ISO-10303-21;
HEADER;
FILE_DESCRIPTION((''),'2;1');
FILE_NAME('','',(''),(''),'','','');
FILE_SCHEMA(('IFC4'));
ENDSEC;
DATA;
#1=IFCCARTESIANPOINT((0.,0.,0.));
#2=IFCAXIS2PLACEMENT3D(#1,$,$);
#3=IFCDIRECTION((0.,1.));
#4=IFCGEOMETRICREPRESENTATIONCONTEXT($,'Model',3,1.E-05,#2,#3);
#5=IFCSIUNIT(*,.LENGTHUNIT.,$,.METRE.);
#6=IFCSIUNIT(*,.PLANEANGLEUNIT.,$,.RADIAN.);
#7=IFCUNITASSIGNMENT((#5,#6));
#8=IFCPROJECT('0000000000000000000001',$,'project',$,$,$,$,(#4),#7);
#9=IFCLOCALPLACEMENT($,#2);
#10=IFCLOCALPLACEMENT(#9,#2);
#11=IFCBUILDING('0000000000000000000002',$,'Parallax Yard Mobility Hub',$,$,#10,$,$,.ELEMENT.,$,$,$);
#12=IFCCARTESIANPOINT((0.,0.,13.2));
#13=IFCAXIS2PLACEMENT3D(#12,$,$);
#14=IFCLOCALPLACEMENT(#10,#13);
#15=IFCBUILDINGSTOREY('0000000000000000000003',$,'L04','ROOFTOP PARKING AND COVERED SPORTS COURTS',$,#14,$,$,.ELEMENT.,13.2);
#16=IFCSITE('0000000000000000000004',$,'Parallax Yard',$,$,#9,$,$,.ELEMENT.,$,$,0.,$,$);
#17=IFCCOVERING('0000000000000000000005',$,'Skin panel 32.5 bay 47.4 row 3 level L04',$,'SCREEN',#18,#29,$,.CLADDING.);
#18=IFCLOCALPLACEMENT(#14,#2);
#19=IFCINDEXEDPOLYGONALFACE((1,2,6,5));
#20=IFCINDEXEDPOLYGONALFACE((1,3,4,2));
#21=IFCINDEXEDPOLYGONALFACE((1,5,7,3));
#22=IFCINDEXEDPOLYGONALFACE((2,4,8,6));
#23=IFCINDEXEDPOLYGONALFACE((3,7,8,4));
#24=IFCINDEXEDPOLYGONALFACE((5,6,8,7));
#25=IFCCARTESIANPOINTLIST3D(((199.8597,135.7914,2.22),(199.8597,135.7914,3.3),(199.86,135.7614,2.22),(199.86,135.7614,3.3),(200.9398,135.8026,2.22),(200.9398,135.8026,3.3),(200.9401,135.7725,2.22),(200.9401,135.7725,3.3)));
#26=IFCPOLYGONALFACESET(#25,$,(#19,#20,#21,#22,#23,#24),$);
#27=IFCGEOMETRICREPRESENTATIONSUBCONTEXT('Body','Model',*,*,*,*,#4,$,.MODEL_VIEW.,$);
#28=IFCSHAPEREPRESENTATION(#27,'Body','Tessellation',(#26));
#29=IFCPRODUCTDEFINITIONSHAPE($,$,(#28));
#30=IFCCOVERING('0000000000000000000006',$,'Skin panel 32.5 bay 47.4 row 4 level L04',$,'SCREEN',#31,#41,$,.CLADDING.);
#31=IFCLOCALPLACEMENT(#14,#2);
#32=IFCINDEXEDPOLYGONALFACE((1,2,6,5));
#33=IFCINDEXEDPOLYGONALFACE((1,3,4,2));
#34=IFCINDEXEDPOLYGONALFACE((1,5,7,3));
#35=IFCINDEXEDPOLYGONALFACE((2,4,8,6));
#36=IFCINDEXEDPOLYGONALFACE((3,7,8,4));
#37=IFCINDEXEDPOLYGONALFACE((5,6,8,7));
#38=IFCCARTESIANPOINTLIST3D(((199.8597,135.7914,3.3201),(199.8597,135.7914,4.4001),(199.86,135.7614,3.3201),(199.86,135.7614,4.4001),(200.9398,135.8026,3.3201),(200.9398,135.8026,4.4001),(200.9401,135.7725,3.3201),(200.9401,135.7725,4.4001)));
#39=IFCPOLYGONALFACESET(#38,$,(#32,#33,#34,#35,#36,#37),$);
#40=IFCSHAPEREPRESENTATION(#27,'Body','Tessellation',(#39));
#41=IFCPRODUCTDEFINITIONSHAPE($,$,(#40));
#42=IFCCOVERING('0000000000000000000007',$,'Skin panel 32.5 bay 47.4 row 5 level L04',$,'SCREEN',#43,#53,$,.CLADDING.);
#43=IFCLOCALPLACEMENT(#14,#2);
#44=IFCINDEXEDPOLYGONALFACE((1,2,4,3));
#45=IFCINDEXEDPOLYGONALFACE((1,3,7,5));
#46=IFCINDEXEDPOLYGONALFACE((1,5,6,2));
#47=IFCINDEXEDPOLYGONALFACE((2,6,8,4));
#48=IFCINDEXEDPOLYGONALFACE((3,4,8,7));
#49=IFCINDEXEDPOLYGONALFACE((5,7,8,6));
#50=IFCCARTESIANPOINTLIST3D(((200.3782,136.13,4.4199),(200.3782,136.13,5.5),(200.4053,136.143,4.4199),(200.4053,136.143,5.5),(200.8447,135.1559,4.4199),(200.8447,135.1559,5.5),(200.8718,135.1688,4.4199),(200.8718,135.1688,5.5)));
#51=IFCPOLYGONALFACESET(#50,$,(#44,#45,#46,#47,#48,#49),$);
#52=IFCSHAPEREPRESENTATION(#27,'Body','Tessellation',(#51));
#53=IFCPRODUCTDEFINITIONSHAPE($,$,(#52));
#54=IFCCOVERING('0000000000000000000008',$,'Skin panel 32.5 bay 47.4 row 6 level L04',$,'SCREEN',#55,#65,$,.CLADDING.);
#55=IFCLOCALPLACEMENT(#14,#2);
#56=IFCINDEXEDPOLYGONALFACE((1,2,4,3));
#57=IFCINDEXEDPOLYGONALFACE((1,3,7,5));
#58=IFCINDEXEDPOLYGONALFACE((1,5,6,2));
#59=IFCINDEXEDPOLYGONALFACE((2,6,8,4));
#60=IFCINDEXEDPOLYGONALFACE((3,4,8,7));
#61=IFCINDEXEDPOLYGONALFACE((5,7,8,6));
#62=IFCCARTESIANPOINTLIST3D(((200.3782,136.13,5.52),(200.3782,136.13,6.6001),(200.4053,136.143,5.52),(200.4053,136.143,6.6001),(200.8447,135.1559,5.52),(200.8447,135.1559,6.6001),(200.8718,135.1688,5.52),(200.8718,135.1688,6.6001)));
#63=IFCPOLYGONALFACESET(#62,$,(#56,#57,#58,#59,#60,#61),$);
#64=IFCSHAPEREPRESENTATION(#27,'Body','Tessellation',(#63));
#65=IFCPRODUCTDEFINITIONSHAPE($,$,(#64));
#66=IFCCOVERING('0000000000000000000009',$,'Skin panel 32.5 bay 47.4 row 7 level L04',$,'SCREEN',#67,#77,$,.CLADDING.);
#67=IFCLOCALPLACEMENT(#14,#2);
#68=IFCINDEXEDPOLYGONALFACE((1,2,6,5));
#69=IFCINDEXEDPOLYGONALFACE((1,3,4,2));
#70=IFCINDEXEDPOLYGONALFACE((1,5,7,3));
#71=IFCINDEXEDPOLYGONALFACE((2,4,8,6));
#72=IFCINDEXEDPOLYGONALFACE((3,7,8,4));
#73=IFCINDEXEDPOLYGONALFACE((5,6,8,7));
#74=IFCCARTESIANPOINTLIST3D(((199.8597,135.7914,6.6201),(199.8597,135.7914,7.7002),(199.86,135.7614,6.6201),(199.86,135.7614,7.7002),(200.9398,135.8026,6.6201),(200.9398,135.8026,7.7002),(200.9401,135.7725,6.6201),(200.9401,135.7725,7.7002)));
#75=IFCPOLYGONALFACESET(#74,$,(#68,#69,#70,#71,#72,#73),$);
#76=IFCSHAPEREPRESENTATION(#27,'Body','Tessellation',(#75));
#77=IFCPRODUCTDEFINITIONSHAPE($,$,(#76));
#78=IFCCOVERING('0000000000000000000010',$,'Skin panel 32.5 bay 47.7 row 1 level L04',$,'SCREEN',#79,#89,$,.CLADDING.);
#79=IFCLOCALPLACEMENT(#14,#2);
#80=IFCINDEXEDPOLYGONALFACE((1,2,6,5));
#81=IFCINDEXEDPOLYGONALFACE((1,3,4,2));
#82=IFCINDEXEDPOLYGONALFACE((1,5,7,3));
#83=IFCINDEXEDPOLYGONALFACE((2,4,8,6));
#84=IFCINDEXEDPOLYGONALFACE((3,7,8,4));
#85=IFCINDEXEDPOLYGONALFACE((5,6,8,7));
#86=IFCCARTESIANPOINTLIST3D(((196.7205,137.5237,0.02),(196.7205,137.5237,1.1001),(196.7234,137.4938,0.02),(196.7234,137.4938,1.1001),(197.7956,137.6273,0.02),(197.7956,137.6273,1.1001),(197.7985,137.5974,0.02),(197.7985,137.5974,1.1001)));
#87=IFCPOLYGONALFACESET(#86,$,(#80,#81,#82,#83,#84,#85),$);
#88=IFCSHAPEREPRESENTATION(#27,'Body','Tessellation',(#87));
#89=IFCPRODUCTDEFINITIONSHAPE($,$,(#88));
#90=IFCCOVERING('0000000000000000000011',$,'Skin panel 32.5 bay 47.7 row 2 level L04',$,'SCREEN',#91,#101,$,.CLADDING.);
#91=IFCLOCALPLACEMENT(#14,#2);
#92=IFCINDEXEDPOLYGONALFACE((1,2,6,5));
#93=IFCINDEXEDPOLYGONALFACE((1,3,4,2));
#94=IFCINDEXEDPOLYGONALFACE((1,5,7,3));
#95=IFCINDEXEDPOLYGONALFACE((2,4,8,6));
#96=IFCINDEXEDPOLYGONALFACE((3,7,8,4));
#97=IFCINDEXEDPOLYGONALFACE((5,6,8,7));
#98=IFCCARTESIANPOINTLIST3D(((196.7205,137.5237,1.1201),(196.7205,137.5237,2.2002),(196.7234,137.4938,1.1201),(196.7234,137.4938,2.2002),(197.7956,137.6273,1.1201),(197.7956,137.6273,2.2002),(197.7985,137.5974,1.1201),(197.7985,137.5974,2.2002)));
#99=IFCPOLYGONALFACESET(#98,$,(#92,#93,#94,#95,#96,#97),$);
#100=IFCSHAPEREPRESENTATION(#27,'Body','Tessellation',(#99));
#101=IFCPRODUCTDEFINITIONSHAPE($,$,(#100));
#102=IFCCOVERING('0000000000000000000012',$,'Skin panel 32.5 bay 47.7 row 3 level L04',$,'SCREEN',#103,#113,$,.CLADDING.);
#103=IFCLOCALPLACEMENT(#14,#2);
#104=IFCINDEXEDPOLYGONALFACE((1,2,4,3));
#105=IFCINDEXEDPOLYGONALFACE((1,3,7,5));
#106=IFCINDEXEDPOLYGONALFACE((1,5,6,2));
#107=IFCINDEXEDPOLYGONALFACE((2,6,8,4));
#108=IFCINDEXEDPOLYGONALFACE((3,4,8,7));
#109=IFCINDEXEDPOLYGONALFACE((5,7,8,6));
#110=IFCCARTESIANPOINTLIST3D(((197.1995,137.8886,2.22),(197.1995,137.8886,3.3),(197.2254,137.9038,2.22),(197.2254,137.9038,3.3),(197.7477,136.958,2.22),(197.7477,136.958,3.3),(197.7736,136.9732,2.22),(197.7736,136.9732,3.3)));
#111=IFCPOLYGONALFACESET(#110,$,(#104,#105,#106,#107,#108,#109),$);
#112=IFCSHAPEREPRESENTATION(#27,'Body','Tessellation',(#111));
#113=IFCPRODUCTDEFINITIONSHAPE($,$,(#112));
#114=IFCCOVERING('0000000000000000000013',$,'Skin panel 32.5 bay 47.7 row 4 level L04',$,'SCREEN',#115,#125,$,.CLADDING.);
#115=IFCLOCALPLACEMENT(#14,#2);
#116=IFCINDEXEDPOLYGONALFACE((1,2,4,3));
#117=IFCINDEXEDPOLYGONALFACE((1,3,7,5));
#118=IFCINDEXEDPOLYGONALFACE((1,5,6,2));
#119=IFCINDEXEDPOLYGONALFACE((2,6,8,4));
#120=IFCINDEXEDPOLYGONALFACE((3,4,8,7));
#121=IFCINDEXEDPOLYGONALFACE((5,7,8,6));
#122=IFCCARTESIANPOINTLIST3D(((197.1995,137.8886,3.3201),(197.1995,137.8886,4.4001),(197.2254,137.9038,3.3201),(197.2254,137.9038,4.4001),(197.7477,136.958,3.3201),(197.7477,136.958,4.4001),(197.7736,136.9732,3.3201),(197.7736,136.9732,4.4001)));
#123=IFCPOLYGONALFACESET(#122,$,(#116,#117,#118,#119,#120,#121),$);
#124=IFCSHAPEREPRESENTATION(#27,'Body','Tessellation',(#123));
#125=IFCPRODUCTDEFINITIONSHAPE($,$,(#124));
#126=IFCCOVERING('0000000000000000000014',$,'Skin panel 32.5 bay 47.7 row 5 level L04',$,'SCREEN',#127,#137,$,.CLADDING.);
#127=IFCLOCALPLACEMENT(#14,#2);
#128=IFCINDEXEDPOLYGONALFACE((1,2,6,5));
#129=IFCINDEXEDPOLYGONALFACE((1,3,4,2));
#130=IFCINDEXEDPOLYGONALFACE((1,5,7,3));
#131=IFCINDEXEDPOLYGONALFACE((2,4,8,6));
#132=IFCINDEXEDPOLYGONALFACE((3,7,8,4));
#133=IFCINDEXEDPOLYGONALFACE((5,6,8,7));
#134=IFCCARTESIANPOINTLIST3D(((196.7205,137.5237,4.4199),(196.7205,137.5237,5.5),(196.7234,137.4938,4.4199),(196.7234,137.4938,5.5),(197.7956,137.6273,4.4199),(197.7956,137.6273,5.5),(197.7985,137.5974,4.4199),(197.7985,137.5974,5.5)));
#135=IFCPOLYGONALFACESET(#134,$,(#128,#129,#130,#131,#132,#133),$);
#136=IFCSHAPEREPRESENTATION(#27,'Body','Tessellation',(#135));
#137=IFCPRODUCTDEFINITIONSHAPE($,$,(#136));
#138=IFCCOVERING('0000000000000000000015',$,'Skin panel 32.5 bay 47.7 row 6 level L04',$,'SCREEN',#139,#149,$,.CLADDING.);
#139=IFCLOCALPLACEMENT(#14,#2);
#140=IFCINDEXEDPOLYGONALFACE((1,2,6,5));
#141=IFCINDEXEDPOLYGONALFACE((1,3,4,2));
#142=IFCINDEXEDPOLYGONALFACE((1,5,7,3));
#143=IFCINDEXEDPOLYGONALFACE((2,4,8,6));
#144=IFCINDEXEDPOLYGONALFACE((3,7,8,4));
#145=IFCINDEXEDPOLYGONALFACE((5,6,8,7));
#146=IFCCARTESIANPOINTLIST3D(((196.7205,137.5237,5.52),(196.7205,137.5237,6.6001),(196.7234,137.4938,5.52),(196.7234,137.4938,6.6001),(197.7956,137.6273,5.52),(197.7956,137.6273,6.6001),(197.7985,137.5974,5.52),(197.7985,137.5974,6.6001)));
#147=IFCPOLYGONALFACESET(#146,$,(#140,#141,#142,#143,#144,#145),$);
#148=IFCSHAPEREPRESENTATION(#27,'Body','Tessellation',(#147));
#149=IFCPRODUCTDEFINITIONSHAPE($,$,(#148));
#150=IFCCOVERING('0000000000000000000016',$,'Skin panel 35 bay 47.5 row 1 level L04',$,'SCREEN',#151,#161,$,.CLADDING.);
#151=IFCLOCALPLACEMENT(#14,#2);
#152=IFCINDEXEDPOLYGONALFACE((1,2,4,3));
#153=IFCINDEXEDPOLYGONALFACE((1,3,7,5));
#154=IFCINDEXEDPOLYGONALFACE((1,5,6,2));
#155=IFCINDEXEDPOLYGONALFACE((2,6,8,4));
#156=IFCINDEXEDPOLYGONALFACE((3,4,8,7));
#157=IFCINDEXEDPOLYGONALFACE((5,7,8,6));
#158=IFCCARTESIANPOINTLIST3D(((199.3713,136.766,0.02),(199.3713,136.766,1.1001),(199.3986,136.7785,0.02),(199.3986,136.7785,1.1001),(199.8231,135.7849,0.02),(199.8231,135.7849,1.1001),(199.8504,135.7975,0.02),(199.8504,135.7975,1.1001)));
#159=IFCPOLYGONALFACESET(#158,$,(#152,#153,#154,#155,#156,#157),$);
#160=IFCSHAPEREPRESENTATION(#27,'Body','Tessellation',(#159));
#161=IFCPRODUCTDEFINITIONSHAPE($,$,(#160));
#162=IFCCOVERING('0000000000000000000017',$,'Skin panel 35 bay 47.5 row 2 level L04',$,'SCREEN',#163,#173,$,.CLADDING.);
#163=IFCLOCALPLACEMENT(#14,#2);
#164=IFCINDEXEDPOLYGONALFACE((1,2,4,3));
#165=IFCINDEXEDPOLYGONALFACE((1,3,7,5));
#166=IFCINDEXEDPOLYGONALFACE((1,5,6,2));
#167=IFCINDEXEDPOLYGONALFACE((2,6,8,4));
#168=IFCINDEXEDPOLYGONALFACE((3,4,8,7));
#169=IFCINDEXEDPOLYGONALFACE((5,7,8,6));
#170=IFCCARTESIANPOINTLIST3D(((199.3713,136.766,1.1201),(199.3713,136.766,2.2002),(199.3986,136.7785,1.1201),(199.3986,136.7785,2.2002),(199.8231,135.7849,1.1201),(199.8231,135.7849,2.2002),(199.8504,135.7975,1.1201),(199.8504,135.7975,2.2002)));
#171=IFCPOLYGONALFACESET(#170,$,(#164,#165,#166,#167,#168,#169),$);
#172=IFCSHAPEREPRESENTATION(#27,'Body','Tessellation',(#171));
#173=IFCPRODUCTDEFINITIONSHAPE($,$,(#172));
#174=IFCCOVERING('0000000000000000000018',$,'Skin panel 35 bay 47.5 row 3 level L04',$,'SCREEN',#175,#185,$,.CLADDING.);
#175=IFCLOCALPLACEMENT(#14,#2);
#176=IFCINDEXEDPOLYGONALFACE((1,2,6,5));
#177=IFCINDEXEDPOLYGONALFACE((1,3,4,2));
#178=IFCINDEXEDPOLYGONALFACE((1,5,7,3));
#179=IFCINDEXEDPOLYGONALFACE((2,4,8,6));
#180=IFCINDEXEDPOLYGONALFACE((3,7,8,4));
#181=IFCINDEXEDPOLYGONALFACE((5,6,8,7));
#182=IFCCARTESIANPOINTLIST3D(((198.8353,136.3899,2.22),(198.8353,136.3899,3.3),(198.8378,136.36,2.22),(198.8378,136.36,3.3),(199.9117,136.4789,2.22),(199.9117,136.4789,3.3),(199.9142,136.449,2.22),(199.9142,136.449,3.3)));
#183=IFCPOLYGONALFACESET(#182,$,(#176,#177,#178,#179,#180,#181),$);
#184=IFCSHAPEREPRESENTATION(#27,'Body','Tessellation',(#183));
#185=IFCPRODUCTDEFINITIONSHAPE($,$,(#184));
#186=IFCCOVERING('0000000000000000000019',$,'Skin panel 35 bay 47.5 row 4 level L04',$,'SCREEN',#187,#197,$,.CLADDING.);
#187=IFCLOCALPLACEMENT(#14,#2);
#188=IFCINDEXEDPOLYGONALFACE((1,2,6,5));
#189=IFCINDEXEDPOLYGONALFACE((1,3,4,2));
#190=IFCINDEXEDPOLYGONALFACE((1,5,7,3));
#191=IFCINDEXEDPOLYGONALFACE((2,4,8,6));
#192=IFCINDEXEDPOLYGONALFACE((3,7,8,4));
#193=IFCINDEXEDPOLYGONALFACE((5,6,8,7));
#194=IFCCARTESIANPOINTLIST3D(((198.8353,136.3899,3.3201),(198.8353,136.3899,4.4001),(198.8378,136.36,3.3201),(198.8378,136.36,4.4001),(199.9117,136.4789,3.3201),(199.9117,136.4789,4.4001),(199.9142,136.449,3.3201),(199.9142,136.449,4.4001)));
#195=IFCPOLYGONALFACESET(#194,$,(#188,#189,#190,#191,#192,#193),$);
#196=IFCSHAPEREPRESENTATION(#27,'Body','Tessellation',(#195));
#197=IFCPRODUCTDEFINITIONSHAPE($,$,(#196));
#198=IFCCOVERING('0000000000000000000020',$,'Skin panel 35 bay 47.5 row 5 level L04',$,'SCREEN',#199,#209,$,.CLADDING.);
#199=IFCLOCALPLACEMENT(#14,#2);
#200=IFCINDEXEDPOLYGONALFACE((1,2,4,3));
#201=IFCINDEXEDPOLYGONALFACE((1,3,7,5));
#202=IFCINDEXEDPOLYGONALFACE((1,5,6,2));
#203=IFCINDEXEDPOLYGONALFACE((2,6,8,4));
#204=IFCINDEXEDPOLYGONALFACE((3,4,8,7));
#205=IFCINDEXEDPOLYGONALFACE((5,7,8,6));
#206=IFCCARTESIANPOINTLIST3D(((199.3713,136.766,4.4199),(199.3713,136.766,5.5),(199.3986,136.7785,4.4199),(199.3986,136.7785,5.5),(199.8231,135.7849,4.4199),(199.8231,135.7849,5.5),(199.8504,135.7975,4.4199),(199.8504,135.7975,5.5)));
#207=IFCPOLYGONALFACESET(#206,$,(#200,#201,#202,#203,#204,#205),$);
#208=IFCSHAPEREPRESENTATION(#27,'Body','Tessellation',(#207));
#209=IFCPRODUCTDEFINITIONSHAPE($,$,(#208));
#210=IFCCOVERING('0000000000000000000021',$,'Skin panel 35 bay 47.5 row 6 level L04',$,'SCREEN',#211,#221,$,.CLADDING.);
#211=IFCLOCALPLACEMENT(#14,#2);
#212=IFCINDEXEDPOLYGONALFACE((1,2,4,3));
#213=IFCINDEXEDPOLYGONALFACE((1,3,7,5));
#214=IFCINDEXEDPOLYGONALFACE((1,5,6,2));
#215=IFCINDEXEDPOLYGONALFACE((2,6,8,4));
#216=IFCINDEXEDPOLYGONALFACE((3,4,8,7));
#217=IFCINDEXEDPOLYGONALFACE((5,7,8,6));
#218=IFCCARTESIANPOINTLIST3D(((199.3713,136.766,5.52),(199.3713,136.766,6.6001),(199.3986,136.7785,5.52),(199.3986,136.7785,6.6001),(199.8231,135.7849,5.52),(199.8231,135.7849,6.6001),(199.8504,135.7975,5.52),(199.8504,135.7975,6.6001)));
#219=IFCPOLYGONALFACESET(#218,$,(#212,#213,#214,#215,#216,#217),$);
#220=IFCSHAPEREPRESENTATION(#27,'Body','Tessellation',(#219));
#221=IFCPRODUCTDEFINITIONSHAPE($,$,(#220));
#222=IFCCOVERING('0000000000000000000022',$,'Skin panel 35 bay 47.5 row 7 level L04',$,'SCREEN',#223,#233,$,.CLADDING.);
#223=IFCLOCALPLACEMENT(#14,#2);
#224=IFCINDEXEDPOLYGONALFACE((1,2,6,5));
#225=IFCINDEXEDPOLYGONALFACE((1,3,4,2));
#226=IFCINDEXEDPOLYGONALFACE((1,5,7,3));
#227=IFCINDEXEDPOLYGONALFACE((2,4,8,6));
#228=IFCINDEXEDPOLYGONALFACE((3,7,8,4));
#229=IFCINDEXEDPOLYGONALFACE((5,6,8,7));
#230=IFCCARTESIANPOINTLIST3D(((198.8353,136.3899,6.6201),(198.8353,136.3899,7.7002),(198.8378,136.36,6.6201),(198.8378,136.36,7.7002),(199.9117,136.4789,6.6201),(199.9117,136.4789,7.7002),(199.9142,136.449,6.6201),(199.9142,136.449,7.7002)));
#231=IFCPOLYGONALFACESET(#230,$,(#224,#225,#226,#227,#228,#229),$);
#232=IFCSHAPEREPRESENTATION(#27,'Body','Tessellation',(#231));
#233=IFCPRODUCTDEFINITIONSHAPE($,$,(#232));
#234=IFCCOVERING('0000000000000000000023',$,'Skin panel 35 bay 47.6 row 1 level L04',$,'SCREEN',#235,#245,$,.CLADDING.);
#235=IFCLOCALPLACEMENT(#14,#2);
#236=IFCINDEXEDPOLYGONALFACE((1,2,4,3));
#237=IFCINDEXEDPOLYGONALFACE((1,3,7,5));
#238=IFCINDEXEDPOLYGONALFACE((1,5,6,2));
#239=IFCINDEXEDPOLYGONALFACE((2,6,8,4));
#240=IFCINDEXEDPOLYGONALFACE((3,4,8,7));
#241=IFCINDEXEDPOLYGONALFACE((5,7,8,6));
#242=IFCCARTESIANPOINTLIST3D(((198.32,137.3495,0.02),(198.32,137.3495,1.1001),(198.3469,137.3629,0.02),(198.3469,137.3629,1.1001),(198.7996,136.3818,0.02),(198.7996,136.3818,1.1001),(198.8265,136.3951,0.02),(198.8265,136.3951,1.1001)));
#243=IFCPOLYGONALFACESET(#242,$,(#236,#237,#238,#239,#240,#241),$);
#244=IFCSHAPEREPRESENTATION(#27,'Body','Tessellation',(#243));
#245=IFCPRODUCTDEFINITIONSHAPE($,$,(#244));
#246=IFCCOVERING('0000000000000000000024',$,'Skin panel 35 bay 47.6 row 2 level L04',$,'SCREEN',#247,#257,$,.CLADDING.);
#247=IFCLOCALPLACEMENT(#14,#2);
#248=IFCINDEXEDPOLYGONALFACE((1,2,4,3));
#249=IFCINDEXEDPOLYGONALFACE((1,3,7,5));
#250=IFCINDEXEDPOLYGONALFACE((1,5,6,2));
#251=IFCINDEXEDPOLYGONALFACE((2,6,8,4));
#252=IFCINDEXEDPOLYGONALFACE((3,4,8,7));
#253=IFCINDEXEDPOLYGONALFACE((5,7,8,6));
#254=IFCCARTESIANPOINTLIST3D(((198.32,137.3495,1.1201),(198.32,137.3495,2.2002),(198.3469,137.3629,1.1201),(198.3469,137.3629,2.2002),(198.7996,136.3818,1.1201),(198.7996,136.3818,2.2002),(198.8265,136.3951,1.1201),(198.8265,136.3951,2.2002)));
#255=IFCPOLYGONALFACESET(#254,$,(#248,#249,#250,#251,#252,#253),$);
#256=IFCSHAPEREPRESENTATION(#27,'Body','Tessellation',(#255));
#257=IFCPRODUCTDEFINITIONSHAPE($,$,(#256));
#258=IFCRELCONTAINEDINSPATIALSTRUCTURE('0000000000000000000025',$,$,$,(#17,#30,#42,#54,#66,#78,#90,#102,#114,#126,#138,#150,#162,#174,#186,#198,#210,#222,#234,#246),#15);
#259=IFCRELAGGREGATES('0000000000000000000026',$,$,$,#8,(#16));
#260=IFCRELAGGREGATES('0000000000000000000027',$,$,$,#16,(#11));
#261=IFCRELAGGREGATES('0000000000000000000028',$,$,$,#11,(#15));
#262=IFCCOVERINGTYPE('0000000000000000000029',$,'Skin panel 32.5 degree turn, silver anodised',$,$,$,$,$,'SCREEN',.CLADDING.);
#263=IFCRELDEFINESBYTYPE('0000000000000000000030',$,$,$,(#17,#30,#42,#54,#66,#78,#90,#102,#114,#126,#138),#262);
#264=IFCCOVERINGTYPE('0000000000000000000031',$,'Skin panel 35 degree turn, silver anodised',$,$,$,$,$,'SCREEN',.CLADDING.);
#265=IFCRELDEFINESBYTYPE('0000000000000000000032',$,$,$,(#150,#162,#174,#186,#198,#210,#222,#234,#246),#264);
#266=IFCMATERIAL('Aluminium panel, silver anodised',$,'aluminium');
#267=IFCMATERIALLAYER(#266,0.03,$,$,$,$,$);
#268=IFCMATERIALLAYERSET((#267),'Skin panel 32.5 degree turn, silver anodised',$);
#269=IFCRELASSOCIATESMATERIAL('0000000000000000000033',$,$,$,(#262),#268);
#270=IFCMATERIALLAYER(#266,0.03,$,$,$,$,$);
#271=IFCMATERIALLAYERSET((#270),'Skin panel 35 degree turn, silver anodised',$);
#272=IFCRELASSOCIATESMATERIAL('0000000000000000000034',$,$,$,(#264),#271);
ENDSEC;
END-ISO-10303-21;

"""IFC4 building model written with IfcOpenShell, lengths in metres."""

from ifc_helpers import new_model, si_unit, direction, frame, origin, origin_2d, place, context, subcontext, project, spatial, rectangle, extrude, material, layer, layer_set, type_object, element, save


model = new_model("IFC4")

# Units and contexts
model_context = context("Model", 3, precision=1e-05, world=origin(), true_north=direction((0.0, 1.0)))
body_context = subcontext(model_context, "Body", "Model", "MODEL_VIEW")
ifc_project = project(units=[si_unit("LENGTHUNIT", "METRE"), si_unit("PLANEANGLEUNIT", "RADIAN")], contexts=[model_context])

# Site, building, storey
site_placement = place(None, origin())
site = spatial("IfcSite", under=ifc_project, at=site_placement, Name="Parallax Yard", CompositionType="ELEMENT", RefElevation=0.0)
building_placement = place(site_placement, origin())
building = spatial("IfcBuilding", under=site, at=building_placement, Name="Parallax Yard Mobility Hub", CompositionType="ELEMENT")
storey_placement = place(building_placement, frame((0.0, 0.0, 13.2)))
storey = spatial("IfcBuildingStorey", under=building, at=storey_placement, Name="L04", Description="ROOFTOP PARKING AND COVERED SPORTS COURTS", CompositionType="ELEMENT", Elevation=13.2)

# Coverings
ifc_material_1 = material(Name="Aluminium panel, silver anodised", Category="aluminium")
ifc_layer_1 = layer(ifc_material_1, 0.03)
ifc_layer_set_1 = layer_set([ifc_layer_1], Name="Skin panel 32.5 degree turn, silver anodised")
covering_type_1 = type_object("IfcCoveringType", Name="Skin panel 32.5 degree turn, silver anodised", ElementType="SCREEN", PredefinedType="CLADDING", material=ifc_layer_set_1)
for number, where, z_axis, x_axis, name in (
    (1, (200.3999, 135.782, 2.22), (0.0, 0.0, 1.0), (0.999947, 0.010313, 0.0), "Skin panel 32.5 bay 47.4 row 3 level L04"),
    (2, (200.3999, 135.782, 3.3201), (0.0, 0.0, 1.0), (0.999947, 0.010313, 0.0), "Skin panel 32.5 bay 47.4 row 4 level L04"),
    (3, (200.625, 135.6494, 4.4199), (0.0, 0.0, 1.0), (-0.431943, 0.901901, 0.0), "Skin panel 32.5 bay 47.4 row 5 level L04"),
    (4, (200.625, 135.6494, 5.52), (0.0, 0.0, 1.0), (-0.431943, 0.901901, 0.0), "Skin panel 32.5 bay 47.4 row 6 level L04"),
    (5, (200.3999, 135.782, 6.6201), (0.0, 0.0, 1.0), (0.999947, 0.010313, 0.0), "Skin panel 32.5 bay 47.4 row 7 level L04"),
    (6, (197.2595, 137.5605, 0.02), (0.0, 0.0, 1.0), (0.995396, 0.095846, 0.0), "Skin panel 32.5 bay 47.7 row 1 level L04"),
    (7, (197.2595, 137.5605, 1.1201), (0.0, 0.0, 1.0), (0.995396, 0.095846, 0.0), "Skin panel 32.5 bay 47.7 row 2 level L04"),
    (8, (197.4866, 137.4309, 2.22), (0.0, 0.0, 1.0), (-0.507538, 0.861629, 0.0), "Skin panel 32.5 bay 47.7 row 3 level L04"),
    (9, (197.4866, 137.4309, 3.3201), (0.0, 0.0, 1.0), (-0.507538, 0.861629, 0.0), "Skin panel 32.5 bay 47.7 row 4 level L04"),
    (10, (197.2595, 137.5605, 4.4199), (0.0, 0.0, 1.0), (0.995396, 0.095846, 0.0), "Skin panel 32.5 bay 47.7 row 5 level L04"),
    (11, (197.2595, 137.5605, 5.52), (0.0, 0.0, 1.0), (0.995396, 0.095846, 0.0), "Skin panel 32.5 bay 47.7 row 6 level L04"),
):
    element("IfcCovering", number, at=place(storey_placement, frame(where, z_axis=z_axis, x_axis=x_axis)), inside=storey, type_object=covering_type_1, Name=name, ObjectType="SCREEN", PredefinedType="CLADDING", context=body_context, shape_type="SweptSolid", body=[
        extrude(rectangle(XDim=1.0801, YDim=0.03, at=origin_2d()), origin(), (0.0, 0.0, 1.0), 1.0801),
    ])
ifc_layer_2 = layer(ifc_material_1, 0.03)
ifc_layer_set_2 = layer_set([ifc_layer_2], Name="Skin panel 35 degree turn, silver anodised")
covering_type_2 = type_object("IfcCoveringType", Name="Skin panel 35 degree turn, silver anodised", ElementType="SCREEN", PredefinedType="CLADDING", material=ifc_layer_set_2)
for number, where, z_axis, x_axis, name in (
    (12, (199.6108, 136.2817, 0.02), (0.0, 0.0, 1.0), (-0.4183, 0.908309, 0.0), "Skin panel 35 bay 47.5 row 1 level L04"),
    (13, (199.6108, 136.2817, 1.1201), (0.0, 0.0, 1.0), (-0.4183, 0.908309, 0.0), "Skin panel 35 bay 47.5 row 2 level L04"),
    (14, (199.3748, 136.4194, 2.22), (0.0, 0.0, 1.0), (0.996598, 0.082413, 0.0), "Skin panel 35 bay 47.5 row 3 level L04"),
    (15, (199.3748, 136.4194, 3.3201), (0.0, 0.0, 1.0), (0.996598, 0.082413, 0.0), "Skin panel 35 bay 47.5 row 4 level L04"),
    (16, (199.6108, 136.2817, 4.4199), (0.0, 0.0, 1.0), (-0.4183, 0.908309, 0.0), "Skin panel 35 bay 47.5 row 5 level L04"),
    (17, (199.6108, 136.2817, 5.52), (0.0, 0.0, 1.0), (-0.4183, 0.908309, 0.0), "Skin panel 35 bay 47.5 row 6 level L04"),
    (18, (199.3748, 136.4194, 6.6201), (0.0, 0.0, 1.0), (0.996598, 0.082413, 0.0), "Skin panel 35 bay 47.5 row 7 level L04"),
    (19, (198.5732, 136.8723, 0.02), (0.0, 0.0, 1.0), (-0.444066, 0.895994, 0.0), "Skin panel 35 bay 47.6 row 1 level L04"),
    (20, (198.5732, 136.8723, 1.1201), (0.0, 0.0, 1.0), (-0.444066, 0.895994, 0.0), "Skin panel 35 bay 47.6 row 2 level L04"),
):
    element("IfcCovering", number, at=place(storey_placement, frame(where, z_axis=z_axis, x_axis=x_axis)), inside=storey, type_object=covering_type_2, Name=name, ObjectType="SCREEN", PredefinedType="CLADDING", context=body_context, shape_type="SweptSolid", body=[
        extrude(rectangle(XDim=1.0801, YDim=0.03, at=origin_2d()), origin(), (0.0, 0.0, 1.0), 1.0801),
    ])

save(model, "model.ifc")
